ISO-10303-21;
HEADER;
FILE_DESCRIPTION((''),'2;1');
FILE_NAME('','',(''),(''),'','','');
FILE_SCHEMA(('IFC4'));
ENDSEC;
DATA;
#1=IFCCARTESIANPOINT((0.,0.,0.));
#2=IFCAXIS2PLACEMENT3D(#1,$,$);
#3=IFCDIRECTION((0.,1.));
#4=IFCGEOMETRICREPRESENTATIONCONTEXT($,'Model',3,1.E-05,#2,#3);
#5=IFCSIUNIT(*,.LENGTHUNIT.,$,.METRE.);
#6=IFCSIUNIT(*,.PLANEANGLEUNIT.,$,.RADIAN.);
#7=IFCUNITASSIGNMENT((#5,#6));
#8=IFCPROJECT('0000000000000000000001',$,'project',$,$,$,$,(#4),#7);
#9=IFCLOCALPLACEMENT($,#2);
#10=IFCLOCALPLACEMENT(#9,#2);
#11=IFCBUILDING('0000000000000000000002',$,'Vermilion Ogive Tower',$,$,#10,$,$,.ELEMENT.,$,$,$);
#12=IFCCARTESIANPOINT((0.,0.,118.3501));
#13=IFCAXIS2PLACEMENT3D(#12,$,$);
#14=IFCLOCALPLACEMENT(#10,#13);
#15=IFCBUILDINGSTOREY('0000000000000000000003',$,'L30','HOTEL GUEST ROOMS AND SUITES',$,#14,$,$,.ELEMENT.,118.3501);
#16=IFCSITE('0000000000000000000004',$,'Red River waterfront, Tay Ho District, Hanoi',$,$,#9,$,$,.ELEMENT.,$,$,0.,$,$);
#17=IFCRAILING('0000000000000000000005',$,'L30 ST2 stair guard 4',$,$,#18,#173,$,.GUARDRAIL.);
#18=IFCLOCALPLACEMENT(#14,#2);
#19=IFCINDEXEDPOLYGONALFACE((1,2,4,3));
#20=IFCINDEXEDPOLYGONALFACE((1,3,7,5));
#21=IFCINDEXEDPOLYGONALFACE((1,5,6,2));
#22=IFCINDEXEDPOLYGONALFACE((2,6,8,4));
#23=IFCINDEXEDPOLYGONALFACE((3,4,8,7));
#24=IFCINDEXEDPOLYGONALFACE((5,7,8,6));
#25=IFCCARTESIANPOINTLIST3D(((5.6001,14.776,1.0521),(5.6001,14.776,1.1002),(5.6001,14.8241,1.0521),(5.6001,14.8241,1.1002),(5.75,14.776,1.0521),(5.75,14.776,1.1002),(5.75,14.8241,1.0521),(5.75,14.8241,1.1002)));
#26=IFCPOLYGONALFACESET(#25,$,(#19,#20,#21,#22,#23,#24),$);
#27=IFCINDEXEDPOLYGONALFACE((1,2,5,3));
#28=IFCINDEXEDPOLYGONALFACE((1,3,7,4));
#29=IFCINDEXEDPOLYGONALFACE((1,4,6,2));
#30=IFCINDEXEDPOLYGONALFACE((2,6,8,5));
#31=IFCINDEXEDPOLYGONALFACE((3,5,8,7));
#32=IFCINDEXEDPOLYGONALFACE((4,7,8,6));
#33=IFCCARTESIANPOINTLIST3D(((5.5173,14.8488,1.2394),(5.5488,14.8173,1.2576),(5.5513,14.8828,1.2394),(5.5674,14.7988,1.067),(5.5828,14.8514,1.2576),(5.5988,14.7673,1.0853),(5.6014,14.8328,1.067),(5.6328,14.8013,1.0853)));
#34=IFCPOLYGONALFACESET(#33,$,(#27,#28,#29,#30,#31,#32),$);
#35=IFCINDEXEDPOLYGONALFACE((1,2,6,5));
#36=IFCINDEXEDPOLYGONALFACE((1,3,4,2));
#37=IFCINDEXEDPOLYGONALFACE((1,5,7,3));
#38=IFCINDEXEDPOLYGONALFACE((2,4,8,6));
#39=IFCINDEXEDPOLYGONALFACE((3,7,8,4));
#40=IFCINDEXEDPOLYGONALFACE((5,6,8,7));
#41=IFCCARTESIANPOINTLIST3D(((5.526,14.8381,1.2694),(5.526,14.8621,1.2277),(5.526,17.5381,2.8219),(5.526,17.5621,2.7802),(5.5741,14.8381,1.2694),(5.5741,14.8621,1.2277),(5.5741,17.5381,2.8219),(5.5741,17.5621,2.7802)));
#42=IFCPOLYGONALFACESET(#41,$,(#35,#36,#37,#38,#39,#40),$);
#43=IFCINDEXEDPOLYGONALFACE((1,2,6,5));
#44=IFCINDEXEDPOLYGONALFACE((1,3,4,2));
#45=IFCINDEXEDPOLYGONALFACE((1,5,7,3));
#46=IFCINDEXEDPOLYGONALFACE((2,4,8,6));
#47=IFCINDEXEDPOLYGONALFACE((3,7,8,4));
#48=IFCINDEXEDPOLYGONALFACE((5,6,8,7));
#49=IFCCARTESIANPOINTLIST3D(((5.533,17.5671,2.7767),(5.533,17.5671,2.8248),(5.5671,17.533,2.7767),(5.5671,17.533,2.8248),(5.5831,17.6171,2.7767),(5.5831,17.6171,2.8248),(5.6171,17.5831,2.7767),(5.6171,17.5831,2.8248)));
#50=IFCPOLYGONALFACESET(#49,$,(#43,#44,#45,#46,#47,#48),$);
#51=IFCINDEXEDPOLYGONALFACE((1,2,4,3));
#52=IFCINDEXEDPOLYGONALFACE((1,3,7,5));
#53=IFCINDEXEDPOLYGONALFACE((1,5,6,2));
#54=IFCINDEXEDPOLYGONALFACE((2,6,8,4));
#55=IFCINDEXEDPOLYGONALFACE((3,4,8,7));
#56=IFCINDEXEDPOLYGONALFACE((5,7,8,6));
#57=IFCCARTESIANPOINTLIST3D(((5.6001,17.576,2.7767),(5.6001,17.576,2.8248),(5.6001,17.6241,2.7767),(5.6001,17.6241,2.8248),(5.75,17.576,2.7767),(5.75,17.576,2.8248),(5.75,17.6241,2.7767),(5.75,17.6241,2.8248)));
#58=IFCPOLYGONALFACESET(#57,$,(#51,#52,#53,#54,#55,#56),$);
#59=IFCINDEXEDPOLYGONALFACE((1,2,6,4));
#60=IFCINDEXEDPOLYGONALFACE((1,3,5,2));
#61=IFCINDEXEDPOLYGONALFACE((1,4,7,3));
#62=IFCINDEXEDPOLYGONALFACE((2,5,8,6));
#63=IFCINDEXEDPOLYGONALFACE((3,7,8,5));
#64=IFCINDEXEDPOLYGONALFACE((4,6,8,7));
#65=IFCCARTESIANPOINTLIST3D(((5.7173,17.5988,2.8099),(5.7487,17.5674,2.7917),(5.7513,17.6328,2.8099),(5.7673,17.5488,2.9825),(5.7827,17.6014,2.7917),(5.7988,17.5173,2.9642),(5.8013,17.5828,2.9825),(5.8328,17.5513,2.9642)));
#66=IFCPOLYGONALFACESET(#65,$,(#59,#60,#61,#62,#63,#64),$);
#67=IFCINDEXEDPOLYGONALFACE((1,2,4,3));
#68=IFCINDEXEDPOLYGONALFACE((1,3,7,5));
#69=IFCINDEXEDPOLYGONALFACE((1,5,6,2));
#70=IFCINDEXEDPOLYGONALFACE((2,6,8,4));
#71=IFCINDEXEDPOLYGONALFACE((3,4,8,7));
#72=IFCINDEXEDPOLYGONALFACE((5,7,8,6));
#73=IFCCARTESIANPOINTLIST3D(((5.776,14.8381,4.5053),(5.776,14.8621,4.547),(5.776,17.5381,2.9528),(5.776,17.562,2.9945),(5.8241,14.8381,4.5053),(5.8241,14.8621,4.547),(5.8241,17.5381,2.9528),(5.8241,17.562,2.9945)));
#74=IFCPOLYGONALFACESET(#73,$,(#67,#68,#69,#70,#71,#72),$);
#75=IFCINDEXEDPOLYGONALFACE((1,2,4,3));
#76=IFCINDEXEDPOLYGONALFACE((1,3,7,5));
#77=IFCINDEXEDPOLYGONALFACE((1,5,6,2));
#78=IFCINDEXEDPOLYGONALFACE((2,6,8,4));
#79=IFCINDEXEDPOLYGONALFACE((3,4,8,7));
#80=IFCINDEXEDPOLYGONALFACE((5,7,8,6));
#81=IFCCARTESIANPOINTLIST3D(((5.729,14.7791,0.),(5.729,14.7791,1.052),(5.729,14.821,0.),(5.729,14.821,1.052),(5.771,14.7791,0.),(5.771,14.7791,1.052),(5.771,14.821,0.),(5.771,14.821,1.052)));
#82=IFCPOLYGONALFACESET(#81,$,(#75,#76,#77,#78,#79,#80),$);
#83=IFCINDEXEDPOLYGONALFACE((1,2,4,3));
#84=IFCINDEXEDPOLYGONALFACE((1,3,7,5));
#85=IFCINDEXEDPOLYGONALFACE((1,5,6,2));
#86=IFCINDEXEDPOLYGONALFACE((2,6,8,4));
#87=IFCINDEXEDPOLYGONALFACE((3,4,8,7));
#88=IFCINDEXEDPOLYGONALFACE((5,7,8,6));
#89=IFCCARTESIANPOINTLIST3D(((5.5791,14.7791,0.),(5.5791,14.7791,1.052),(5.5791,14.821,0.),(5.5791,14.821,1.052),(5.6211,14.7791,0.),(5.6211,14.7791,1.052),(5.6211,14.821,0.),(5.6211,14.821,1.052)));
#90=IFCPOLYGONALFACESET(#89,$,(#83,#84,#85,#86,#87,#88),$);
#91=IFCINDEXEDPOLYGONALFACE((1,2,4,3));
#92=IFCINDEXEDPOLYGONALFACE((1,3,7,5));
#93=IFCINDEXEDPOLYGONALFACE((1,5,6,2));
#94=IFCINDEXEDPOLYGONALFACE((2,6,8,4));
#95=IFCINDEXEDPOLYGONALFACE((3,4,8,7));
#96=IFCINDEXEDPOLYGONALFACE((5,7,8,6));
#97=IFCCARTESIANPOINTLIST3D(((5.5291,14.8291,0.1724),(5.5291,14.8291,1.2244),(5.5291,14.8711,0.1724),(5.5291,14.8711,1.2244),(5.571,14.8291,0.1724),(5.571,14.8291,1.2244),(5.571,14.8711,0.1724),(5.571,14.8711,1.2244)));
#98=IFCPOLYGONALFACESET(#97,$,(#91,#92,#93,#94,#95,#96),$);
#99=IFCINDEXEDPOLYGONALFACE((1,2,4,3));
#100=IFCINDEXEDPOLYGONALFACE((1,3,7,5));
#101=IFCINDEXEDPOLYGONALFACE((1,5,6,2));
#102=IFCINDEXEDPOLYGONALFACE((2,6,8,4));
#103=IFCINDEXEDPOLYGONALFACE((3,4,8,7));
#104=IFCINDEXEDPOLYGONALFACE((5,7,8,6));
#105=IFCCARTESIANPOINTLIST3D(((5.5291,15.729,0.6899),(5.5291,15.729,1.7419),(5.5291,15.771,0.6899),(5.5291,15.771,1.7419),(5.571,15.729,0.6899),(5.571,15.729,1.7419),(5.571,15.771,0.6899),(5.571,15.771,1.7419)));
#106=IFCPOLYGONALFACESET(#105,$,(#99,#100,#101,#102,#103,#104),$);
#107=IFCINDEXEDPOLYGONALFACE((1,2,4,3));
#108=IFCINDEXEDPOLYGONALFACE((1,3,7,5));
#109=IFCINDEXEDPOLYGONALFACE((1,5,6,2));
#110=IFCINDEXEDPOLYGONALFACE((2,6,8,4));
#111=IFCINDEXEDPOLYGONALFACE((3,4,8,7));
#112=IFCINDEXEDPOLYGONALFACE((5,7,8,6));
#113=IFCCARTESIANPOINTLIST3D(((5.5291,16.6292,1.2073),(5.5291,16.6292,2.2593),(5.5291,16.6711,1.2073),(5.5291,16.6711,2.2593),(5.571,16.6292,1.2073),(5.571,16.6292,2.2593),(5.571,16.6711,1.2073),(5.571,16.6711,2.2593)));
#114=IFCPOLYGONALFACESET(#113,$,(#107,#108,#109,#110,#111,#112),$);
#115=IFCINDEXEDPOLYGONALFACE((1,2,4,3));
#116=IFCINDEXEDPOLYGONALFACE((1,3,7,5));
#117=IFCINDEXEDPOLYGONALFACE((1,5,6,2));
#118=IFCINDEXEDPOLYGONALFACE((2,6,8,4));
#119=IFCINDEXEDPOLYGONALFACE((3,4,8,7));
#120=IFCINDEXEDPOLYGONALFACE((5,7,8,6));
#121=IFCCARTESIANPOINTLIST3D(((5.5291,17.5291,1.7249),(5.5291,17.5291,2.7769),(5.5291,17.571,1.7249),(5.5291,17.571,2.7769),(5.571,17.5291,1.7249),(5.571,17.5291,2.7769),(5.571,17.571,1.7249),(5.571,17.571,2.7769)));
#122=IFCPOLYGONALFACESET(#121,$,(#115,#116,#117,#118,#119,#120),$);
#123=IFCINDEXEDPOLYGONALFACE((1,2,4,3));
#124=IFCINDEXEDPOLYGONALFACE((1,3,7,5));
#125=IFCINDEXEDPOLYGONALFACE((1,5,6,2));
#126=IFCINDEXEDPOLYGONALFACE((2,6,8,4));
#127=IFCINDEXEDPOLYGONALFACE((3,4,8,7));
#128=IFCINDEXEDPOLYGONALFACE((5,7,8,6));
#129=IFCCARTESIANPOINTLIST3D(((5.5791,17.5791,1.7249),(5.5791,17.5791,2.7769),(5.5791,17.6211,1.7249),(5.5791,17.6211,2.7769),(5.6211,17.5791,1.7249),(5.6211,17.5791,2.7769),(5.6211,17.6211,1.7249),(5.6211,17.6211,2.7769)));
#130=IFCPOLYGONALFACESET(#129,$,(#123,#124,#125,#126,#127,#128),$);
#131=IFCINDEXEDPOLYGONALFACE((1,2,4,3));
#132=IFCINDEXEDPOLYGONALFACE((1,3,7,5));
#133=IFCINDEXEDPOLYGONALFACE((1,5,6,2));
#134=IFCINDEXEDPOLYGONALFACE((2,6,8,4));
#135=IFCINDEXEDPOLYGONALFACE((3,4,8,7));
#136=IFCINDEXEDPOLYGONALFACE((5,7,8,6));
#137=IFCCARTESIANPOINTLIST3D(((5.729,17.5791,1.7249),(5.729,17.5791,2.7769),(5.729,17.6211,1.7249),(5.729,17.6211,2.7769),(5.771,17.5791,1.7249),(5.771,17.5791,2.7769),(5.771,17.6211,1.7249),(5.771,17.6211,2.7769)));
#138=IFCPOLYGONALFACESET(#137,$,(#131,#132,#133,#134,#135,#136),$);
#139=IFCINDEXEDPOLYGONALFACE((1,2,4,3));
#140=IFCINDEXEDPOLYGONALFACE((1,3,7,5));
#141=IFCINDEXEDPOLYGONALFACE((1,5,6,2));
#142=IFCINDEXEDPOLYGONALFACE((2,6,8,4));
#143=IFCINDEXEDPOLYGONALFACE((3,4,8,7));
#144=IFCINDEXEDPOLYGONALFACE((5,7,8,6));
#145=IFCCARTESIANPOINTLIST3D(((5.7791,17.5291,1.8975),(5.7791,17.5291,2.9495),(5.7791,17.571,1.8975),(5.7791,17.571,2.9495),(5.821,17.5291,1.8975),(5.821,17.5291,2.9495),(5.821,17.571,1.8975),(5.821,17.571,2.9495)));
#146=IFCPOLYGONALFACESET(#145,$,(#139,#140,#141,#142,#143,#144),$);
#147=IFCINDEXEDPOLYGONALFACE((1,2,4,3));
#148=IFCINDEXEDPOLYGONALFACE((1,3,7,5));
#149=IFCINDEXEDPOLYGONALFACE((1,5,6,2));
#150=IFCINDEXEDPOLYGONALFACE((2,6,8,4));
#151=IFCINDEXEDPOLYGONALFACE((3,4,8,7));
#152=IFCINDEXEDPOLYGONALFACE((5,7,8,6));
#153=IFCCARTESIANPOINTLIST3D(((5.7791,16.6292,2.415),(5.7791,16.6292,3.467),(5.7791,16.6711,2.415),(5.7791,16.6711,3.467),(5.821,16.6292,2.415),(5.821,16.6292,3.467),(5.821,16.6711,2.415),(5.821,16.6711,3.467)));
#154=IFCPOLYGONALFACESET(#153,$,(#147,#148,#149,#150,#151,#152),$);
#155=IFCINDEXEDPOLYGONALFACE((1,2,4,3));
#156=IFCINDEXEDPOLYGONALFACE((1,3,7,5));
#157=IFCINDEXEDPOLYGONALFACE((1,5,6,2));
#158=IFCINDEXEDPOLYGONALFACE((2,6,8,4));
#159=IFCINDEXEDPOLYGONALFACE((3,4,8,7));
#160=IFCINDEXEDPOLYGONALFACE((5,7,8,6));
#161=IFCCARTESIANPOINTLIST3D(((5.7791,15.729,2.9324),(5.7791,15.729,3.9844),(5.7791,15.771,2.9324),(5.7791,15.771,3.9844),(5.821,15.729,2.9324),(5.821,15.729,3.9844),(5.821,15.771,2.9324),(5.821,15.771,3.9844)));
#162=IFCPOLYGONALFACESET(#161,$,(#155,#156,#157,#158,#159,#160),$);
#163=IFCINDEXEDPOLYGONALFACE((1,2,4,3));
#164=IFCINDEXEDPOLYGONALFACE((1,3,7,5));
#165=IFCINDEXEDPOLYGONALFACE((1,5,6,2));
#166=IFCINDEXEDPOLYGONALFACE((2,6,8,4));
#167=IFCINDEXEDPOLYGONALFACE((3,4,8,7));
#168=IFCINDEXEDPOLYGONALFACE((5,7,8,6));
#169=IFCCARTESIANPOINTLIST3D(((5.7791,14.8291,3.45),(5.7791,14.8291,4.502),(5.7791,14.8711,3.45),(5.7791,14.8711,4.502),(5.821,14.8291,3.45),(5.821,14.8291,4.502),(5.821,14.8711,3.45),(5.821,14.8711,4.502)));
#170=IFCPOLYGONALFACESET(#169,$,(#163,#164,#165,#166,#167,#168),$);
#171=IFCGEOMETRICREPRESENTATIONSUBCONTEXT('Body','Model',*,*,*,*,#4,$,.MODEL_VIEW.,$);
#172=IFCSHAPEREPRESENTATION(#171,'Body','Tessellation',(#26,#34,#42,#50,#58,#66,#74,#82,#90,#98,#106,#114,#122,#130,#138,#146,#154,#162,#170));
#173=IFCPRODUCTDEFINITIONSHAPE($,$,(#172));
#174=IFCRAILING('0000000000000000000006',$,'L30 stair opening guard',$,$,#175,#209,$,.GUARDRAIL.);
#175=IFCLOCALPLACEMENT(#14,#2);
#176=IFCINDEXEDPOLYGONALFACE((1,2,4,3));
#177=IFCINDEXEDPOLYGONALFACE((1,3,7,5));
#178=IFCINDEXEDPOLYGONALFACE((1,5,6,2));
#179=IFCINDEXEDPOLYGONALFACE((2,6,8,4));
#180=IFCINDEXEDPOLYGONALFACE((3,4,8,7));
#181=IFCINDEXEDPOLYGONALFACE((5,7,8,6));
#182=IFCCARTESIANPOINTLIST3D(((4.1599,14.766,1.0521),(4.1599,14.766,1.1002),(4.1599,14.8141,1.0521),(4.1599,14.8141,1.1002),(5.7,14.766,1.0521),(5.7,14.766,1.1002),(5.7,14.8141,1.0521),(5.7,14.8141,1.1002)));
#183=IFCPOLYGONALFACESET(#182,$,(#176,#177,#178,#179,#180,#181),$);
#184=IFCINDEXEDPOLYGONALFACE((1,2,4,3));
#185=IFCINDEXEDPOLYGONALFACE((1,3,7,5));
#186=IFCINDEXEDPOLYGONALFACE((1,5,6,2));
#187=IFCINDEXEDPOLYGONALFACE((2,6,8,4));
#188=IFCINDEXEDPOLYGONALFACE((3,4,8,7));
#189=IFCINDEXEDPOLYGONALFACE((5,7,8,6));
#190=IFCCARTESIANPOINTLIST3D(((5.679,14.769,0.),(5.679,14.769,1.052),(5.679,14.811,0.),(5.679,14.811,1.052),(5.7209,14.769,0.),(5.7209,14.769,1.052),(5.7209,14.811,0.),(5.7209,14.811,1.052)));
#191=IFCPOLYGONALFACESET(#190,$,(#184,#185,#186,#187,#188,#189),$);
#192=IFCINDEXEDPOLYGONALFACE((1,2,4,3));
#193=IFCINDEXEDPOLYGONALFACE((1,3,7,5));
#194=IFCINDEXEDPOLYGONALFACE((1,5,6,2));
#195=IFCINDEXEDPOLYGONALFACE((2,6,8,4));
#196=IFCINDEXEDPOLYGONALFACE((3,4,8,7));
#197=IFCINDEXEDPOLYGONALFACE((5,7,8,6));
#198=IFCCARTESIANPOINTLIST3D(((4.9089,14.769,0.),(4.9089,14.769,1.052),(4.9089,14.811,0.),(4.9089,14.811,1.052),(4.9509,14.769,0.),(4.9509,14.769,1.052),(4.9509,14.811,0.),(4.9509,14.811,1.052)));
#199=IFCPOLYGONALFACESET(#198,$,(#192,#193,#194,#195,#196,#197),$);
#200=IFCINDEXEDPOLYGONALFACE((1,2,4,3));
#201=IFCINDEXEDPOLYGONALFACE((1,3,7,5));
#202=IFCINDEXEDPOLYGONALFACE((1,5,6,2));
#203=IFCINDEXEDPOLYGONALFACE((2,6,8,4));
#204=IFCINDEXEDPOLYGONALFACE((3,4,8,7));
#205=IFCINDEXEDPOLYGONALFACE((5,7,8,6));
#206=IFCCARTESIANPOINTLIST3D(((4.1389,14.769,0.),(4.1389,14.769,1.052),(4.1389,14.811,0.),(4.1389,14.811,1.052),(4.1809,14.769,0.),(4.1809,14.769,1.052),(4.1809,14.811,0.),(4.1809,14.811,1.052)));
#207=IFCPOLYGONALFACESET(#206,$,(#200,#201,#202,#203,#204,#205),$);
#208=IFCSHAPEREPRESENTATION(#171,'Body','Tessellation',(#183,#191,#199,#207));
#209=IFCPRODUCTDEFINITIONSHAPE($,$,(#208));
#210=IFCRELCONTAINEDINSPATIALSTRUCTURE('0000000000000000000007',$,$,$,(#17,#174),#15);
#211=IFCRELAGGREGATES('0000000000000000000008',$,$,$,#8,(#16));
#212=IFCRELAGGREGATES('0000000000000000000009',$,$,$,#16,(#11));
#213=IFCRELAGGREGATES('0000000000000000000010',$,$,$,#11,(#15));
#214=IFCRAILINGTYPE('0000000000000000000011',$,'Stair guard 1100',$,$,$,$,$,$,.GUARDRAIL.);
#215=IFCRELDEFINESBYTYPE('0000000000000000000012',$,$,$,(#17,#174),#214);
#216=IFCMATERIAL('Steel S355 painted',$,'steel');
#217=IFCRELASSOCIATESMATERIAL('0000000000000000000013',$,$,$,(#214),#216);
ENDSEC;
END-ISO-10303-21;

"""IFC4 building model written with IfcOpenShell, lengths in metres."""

from ifc_helpers import new_model, si_unit, direction, frame, origin, origin_2d, place, context, subcontext, project, spatial, rectangle, extrude, material, type_object, element, save


model = new_model("IFC4")

# Units and contexts
model_context = context("Model", 3, precision=1e-05, world=origin(), true_north=direction((0.0, 1.0)))
body_context = subcontext(model_context, "Body", "Model", "MODEL_VIEW")
ifc_project = project(units=[si_unit("LENGTHUNIT", "METRE"), si_unit("PLANEANGLEUNIT", "RADIAN")], contexts=[model_context])

# Site, building, storey
site_placement = place(None, origin())
site = spatial("IfcSite", under=ifc_project, at=site_placement, Name="Red River waterfront, Tay Ho District, Hanoi", CompositionType="ELEMENT", RefElevation=0.0)
building_placement = place(site_placement, origin())
building = spatial("IfcBuilding", under=site, at=building_placement, Name="Vermilion Ogive Tower", CompositionType="ELEMENT")
storey_placement = place(building_placement, frame((0.0, 0.0, 118.3501)))
storey = spatial("IfcBuildingStorey", under=building, at=storey_placement, Name="L30", Description="HOTEL GUEST ROOMS AND SUITES", CompositionType="ELEMENT", Elevation=118.3501)

# Railings
ifc_material_1 = material(Name="Steel S355 painted", Category="steel")
railing_type_1 = type_object("IfcRailingType", Name="Stair guard 1100", PredefinedType="GUARDRAIL", material=ifc_material_1)
railing_1_placement = place(storey_placement, frame((5.75, 14.8, 0.0)))
element("IfcRailing", 1, at=railing_1_placement, inside=storey, type_object=railing_type_1, Name="L30 ST2 stair guard 4", PredefinedType="GUARDRAIL", context=body_context, shape_type="SweptSolid", body=[
    extrude(rectangle(XDim=0.0481, YDim=0.0481, at=origin_2d()), frame((0.0, 0.0, 1.0762), z_axis=(-1.0, 0.0, 0.0), x_axis=(0.0, -1.0, 0.0)), (0.0, 0.0, 1.0), 0.1499),
    extrude(rectangle(XDim=0.0481, YDim=0.0481, at=origin_2d()), frame((-0.1499, 0.0, 1.0762), z_axis=(-0.268603, 0.268603, 0.925043), x_axis=(-0.707107, -0.707107, 0.0)), (0.0, 0.0, 1.0), 0.1863),
    extrude(rectangle(XDim=0.0481, YDim=0.0481, at=origin_2d()), frame((-0.2, 0.05, 1.2485), z_axis=(0.0, 0.866904, 0.498476), x_axis=(-1.0, 0.0, 0.0)), (0.0, 0.0, 1.0), 3.1145),
    extrude(rectangle(XDim=0.0481, YDim=0.0481, at=origin_2d()), frame((-0.2, 2.75, 2.8008), z_axis=(0.707107, 0.707107, 0.0), x_axis=(-0.707107, 0.707107, 0.0)), (0.0, 0.0, 1.0), 0.0708),
    extrude(rectangle(XDim=0.0481, YDim=0.0481, at=origin_2d()), frame((-0.1499, 2.8, 2.8008), z_axis=(1.0, 0.0, 0.0), x_axis=(0.0, 1.0, 0.0)), (0.0, 0.0, 1.0), 0.1499),
    extrude(rectangle(XDim=0.0481, YDim=0.0481, at=origin_2d()), frame((0.0, 2.8, 2.8008), z_axis=(0.268278, -0.268278, 0.925232), x_axis=(0.707107, 0.707107, 0.0)), (0.0, 0.0, 1.0), 0.1865),
    extrude(rectangle(XDim=0.0481, YDim=0.0481, at=origin_2d()), frame((0.05, 2.75, 2.9736), z_axis=(0.0, -0.866904, 0.498476), x_axis=(1.0, 0.0, 0.0)), (0.0, 0.0, 1.0), 3.1145),
    extrude(rectangle(XDim=0.042, YDim=0.042, at=origin_2d()), origin(), (0.0, 0.0, 1.0), 1.052),
    extrude(rectangle(XDim=0.042, YDim=0.042, at=origin_2d()), frame((-0.1499, 0.0, 0.0)), (0.0, 0.0, 1.0), 1.052),
    extrude(rectangle(XDim=0.042, YDim=0.042, at=origin_2d()), frame((-0.2, 0.05, 0.1724)), (0.0, 0.0, 1.0), 1.052),
    extrude(rectangle(XDim=0.042, YDim=0.042, at=origin_2d()), frame((-0.2, 0.95, 0.6899)), (0.0, 0.0, 1.0), 1.052),
    extrude(rectangle(XDim=0.042, YDim=0.042, at=origin_2d()), frame((-0.2, 1.8501, 1.2073)), (0.0, 0.0, 1.0), 1.052),
    extrude(rectangle(XDim=0.042, YDim=0.042, at=origin_2d()), frame((-0.2, 2.75, 1.7249)), (0.0, 0.0, 1.0), 1.052),
    extrude(rectangle(XDim=0.042, YDim=0.042, at=origin_2d()), frame((-0.1499, 2.8, 1.7249)), (0.0, 0.0, 1.0), 1.052),
    extrude(rectangle(XDim=0.042, YDim=0.042, at=origin_2d()), frame((0.0, 2.8, 1.7249)), (0.0, 0.0, 1.0), 1.052),
    extrude(rectangle(XDim=0.042, YDim=0.042, at=origin_2d()), frame((0.05, 2.75, 1.8975)), (0.0, 0.0, 1.0), 1.052),
    extrude(rectangle(XDim=0.042, YDim=0.042, at=origin_2d()), frame((0.05, 1.8501, 2.415)), (0.0, 0.0, 1.0), 1.052),
    extrude(rectangle(XDim=0.042, YDim=0.042, at=origin_2d()), frame((0.05, 0.95, 2.9324)), (0.0, 0.0, 1.0), 1.052),
    extrude(rectangle(XDim=0.042, YDim=0.042, at=origin_2d()), frame((0.05, 0.05, 3.45)), (0.0, 0.0, 1.0), 1.052),
])
railing_2_placement = place(storey_placement, frame((5.7, 14.79, 0.0)))
element("IfcRailing", 2, at=railing_2_placement, inside=storey, type_object=railing_type_1, Name="L30 stair opening guard", PredefinedType="GUARDRAIL", context=body_context, shape_type="SweptSolid", body=[
    extrude(rectangle(XDim=0.0481, YDim=0.0481, at=origin_2d()), frame((0.0, 0.0, 1.0762), z_axis=(-1.0, 0.0, 0.0), x_axis=(0.0, -1.0, 0.0)), (0.0, 0.0, 1.0), 1.54),
    extrude(rectangle(XDim=0.042, YDim=0.042, at=origin_2d()), origin(), (0.0, 0.0, 1.0), 1.052),
    extrude(rectangle(XDim=0.042, YDim=0.042, at=origin_2d()), frame((-0.77, 0.0, 0.0)), (0.0, 0.0, 1.0), 1.052),
    extrude(rectangle(XDim=0.042, YDim=0.042, at=origin_2d()), frame((-1.54, 0.0, 0.0)), (0.0, 0.0, 1.0), 1.052),
])

save(model, "model.ifc")
